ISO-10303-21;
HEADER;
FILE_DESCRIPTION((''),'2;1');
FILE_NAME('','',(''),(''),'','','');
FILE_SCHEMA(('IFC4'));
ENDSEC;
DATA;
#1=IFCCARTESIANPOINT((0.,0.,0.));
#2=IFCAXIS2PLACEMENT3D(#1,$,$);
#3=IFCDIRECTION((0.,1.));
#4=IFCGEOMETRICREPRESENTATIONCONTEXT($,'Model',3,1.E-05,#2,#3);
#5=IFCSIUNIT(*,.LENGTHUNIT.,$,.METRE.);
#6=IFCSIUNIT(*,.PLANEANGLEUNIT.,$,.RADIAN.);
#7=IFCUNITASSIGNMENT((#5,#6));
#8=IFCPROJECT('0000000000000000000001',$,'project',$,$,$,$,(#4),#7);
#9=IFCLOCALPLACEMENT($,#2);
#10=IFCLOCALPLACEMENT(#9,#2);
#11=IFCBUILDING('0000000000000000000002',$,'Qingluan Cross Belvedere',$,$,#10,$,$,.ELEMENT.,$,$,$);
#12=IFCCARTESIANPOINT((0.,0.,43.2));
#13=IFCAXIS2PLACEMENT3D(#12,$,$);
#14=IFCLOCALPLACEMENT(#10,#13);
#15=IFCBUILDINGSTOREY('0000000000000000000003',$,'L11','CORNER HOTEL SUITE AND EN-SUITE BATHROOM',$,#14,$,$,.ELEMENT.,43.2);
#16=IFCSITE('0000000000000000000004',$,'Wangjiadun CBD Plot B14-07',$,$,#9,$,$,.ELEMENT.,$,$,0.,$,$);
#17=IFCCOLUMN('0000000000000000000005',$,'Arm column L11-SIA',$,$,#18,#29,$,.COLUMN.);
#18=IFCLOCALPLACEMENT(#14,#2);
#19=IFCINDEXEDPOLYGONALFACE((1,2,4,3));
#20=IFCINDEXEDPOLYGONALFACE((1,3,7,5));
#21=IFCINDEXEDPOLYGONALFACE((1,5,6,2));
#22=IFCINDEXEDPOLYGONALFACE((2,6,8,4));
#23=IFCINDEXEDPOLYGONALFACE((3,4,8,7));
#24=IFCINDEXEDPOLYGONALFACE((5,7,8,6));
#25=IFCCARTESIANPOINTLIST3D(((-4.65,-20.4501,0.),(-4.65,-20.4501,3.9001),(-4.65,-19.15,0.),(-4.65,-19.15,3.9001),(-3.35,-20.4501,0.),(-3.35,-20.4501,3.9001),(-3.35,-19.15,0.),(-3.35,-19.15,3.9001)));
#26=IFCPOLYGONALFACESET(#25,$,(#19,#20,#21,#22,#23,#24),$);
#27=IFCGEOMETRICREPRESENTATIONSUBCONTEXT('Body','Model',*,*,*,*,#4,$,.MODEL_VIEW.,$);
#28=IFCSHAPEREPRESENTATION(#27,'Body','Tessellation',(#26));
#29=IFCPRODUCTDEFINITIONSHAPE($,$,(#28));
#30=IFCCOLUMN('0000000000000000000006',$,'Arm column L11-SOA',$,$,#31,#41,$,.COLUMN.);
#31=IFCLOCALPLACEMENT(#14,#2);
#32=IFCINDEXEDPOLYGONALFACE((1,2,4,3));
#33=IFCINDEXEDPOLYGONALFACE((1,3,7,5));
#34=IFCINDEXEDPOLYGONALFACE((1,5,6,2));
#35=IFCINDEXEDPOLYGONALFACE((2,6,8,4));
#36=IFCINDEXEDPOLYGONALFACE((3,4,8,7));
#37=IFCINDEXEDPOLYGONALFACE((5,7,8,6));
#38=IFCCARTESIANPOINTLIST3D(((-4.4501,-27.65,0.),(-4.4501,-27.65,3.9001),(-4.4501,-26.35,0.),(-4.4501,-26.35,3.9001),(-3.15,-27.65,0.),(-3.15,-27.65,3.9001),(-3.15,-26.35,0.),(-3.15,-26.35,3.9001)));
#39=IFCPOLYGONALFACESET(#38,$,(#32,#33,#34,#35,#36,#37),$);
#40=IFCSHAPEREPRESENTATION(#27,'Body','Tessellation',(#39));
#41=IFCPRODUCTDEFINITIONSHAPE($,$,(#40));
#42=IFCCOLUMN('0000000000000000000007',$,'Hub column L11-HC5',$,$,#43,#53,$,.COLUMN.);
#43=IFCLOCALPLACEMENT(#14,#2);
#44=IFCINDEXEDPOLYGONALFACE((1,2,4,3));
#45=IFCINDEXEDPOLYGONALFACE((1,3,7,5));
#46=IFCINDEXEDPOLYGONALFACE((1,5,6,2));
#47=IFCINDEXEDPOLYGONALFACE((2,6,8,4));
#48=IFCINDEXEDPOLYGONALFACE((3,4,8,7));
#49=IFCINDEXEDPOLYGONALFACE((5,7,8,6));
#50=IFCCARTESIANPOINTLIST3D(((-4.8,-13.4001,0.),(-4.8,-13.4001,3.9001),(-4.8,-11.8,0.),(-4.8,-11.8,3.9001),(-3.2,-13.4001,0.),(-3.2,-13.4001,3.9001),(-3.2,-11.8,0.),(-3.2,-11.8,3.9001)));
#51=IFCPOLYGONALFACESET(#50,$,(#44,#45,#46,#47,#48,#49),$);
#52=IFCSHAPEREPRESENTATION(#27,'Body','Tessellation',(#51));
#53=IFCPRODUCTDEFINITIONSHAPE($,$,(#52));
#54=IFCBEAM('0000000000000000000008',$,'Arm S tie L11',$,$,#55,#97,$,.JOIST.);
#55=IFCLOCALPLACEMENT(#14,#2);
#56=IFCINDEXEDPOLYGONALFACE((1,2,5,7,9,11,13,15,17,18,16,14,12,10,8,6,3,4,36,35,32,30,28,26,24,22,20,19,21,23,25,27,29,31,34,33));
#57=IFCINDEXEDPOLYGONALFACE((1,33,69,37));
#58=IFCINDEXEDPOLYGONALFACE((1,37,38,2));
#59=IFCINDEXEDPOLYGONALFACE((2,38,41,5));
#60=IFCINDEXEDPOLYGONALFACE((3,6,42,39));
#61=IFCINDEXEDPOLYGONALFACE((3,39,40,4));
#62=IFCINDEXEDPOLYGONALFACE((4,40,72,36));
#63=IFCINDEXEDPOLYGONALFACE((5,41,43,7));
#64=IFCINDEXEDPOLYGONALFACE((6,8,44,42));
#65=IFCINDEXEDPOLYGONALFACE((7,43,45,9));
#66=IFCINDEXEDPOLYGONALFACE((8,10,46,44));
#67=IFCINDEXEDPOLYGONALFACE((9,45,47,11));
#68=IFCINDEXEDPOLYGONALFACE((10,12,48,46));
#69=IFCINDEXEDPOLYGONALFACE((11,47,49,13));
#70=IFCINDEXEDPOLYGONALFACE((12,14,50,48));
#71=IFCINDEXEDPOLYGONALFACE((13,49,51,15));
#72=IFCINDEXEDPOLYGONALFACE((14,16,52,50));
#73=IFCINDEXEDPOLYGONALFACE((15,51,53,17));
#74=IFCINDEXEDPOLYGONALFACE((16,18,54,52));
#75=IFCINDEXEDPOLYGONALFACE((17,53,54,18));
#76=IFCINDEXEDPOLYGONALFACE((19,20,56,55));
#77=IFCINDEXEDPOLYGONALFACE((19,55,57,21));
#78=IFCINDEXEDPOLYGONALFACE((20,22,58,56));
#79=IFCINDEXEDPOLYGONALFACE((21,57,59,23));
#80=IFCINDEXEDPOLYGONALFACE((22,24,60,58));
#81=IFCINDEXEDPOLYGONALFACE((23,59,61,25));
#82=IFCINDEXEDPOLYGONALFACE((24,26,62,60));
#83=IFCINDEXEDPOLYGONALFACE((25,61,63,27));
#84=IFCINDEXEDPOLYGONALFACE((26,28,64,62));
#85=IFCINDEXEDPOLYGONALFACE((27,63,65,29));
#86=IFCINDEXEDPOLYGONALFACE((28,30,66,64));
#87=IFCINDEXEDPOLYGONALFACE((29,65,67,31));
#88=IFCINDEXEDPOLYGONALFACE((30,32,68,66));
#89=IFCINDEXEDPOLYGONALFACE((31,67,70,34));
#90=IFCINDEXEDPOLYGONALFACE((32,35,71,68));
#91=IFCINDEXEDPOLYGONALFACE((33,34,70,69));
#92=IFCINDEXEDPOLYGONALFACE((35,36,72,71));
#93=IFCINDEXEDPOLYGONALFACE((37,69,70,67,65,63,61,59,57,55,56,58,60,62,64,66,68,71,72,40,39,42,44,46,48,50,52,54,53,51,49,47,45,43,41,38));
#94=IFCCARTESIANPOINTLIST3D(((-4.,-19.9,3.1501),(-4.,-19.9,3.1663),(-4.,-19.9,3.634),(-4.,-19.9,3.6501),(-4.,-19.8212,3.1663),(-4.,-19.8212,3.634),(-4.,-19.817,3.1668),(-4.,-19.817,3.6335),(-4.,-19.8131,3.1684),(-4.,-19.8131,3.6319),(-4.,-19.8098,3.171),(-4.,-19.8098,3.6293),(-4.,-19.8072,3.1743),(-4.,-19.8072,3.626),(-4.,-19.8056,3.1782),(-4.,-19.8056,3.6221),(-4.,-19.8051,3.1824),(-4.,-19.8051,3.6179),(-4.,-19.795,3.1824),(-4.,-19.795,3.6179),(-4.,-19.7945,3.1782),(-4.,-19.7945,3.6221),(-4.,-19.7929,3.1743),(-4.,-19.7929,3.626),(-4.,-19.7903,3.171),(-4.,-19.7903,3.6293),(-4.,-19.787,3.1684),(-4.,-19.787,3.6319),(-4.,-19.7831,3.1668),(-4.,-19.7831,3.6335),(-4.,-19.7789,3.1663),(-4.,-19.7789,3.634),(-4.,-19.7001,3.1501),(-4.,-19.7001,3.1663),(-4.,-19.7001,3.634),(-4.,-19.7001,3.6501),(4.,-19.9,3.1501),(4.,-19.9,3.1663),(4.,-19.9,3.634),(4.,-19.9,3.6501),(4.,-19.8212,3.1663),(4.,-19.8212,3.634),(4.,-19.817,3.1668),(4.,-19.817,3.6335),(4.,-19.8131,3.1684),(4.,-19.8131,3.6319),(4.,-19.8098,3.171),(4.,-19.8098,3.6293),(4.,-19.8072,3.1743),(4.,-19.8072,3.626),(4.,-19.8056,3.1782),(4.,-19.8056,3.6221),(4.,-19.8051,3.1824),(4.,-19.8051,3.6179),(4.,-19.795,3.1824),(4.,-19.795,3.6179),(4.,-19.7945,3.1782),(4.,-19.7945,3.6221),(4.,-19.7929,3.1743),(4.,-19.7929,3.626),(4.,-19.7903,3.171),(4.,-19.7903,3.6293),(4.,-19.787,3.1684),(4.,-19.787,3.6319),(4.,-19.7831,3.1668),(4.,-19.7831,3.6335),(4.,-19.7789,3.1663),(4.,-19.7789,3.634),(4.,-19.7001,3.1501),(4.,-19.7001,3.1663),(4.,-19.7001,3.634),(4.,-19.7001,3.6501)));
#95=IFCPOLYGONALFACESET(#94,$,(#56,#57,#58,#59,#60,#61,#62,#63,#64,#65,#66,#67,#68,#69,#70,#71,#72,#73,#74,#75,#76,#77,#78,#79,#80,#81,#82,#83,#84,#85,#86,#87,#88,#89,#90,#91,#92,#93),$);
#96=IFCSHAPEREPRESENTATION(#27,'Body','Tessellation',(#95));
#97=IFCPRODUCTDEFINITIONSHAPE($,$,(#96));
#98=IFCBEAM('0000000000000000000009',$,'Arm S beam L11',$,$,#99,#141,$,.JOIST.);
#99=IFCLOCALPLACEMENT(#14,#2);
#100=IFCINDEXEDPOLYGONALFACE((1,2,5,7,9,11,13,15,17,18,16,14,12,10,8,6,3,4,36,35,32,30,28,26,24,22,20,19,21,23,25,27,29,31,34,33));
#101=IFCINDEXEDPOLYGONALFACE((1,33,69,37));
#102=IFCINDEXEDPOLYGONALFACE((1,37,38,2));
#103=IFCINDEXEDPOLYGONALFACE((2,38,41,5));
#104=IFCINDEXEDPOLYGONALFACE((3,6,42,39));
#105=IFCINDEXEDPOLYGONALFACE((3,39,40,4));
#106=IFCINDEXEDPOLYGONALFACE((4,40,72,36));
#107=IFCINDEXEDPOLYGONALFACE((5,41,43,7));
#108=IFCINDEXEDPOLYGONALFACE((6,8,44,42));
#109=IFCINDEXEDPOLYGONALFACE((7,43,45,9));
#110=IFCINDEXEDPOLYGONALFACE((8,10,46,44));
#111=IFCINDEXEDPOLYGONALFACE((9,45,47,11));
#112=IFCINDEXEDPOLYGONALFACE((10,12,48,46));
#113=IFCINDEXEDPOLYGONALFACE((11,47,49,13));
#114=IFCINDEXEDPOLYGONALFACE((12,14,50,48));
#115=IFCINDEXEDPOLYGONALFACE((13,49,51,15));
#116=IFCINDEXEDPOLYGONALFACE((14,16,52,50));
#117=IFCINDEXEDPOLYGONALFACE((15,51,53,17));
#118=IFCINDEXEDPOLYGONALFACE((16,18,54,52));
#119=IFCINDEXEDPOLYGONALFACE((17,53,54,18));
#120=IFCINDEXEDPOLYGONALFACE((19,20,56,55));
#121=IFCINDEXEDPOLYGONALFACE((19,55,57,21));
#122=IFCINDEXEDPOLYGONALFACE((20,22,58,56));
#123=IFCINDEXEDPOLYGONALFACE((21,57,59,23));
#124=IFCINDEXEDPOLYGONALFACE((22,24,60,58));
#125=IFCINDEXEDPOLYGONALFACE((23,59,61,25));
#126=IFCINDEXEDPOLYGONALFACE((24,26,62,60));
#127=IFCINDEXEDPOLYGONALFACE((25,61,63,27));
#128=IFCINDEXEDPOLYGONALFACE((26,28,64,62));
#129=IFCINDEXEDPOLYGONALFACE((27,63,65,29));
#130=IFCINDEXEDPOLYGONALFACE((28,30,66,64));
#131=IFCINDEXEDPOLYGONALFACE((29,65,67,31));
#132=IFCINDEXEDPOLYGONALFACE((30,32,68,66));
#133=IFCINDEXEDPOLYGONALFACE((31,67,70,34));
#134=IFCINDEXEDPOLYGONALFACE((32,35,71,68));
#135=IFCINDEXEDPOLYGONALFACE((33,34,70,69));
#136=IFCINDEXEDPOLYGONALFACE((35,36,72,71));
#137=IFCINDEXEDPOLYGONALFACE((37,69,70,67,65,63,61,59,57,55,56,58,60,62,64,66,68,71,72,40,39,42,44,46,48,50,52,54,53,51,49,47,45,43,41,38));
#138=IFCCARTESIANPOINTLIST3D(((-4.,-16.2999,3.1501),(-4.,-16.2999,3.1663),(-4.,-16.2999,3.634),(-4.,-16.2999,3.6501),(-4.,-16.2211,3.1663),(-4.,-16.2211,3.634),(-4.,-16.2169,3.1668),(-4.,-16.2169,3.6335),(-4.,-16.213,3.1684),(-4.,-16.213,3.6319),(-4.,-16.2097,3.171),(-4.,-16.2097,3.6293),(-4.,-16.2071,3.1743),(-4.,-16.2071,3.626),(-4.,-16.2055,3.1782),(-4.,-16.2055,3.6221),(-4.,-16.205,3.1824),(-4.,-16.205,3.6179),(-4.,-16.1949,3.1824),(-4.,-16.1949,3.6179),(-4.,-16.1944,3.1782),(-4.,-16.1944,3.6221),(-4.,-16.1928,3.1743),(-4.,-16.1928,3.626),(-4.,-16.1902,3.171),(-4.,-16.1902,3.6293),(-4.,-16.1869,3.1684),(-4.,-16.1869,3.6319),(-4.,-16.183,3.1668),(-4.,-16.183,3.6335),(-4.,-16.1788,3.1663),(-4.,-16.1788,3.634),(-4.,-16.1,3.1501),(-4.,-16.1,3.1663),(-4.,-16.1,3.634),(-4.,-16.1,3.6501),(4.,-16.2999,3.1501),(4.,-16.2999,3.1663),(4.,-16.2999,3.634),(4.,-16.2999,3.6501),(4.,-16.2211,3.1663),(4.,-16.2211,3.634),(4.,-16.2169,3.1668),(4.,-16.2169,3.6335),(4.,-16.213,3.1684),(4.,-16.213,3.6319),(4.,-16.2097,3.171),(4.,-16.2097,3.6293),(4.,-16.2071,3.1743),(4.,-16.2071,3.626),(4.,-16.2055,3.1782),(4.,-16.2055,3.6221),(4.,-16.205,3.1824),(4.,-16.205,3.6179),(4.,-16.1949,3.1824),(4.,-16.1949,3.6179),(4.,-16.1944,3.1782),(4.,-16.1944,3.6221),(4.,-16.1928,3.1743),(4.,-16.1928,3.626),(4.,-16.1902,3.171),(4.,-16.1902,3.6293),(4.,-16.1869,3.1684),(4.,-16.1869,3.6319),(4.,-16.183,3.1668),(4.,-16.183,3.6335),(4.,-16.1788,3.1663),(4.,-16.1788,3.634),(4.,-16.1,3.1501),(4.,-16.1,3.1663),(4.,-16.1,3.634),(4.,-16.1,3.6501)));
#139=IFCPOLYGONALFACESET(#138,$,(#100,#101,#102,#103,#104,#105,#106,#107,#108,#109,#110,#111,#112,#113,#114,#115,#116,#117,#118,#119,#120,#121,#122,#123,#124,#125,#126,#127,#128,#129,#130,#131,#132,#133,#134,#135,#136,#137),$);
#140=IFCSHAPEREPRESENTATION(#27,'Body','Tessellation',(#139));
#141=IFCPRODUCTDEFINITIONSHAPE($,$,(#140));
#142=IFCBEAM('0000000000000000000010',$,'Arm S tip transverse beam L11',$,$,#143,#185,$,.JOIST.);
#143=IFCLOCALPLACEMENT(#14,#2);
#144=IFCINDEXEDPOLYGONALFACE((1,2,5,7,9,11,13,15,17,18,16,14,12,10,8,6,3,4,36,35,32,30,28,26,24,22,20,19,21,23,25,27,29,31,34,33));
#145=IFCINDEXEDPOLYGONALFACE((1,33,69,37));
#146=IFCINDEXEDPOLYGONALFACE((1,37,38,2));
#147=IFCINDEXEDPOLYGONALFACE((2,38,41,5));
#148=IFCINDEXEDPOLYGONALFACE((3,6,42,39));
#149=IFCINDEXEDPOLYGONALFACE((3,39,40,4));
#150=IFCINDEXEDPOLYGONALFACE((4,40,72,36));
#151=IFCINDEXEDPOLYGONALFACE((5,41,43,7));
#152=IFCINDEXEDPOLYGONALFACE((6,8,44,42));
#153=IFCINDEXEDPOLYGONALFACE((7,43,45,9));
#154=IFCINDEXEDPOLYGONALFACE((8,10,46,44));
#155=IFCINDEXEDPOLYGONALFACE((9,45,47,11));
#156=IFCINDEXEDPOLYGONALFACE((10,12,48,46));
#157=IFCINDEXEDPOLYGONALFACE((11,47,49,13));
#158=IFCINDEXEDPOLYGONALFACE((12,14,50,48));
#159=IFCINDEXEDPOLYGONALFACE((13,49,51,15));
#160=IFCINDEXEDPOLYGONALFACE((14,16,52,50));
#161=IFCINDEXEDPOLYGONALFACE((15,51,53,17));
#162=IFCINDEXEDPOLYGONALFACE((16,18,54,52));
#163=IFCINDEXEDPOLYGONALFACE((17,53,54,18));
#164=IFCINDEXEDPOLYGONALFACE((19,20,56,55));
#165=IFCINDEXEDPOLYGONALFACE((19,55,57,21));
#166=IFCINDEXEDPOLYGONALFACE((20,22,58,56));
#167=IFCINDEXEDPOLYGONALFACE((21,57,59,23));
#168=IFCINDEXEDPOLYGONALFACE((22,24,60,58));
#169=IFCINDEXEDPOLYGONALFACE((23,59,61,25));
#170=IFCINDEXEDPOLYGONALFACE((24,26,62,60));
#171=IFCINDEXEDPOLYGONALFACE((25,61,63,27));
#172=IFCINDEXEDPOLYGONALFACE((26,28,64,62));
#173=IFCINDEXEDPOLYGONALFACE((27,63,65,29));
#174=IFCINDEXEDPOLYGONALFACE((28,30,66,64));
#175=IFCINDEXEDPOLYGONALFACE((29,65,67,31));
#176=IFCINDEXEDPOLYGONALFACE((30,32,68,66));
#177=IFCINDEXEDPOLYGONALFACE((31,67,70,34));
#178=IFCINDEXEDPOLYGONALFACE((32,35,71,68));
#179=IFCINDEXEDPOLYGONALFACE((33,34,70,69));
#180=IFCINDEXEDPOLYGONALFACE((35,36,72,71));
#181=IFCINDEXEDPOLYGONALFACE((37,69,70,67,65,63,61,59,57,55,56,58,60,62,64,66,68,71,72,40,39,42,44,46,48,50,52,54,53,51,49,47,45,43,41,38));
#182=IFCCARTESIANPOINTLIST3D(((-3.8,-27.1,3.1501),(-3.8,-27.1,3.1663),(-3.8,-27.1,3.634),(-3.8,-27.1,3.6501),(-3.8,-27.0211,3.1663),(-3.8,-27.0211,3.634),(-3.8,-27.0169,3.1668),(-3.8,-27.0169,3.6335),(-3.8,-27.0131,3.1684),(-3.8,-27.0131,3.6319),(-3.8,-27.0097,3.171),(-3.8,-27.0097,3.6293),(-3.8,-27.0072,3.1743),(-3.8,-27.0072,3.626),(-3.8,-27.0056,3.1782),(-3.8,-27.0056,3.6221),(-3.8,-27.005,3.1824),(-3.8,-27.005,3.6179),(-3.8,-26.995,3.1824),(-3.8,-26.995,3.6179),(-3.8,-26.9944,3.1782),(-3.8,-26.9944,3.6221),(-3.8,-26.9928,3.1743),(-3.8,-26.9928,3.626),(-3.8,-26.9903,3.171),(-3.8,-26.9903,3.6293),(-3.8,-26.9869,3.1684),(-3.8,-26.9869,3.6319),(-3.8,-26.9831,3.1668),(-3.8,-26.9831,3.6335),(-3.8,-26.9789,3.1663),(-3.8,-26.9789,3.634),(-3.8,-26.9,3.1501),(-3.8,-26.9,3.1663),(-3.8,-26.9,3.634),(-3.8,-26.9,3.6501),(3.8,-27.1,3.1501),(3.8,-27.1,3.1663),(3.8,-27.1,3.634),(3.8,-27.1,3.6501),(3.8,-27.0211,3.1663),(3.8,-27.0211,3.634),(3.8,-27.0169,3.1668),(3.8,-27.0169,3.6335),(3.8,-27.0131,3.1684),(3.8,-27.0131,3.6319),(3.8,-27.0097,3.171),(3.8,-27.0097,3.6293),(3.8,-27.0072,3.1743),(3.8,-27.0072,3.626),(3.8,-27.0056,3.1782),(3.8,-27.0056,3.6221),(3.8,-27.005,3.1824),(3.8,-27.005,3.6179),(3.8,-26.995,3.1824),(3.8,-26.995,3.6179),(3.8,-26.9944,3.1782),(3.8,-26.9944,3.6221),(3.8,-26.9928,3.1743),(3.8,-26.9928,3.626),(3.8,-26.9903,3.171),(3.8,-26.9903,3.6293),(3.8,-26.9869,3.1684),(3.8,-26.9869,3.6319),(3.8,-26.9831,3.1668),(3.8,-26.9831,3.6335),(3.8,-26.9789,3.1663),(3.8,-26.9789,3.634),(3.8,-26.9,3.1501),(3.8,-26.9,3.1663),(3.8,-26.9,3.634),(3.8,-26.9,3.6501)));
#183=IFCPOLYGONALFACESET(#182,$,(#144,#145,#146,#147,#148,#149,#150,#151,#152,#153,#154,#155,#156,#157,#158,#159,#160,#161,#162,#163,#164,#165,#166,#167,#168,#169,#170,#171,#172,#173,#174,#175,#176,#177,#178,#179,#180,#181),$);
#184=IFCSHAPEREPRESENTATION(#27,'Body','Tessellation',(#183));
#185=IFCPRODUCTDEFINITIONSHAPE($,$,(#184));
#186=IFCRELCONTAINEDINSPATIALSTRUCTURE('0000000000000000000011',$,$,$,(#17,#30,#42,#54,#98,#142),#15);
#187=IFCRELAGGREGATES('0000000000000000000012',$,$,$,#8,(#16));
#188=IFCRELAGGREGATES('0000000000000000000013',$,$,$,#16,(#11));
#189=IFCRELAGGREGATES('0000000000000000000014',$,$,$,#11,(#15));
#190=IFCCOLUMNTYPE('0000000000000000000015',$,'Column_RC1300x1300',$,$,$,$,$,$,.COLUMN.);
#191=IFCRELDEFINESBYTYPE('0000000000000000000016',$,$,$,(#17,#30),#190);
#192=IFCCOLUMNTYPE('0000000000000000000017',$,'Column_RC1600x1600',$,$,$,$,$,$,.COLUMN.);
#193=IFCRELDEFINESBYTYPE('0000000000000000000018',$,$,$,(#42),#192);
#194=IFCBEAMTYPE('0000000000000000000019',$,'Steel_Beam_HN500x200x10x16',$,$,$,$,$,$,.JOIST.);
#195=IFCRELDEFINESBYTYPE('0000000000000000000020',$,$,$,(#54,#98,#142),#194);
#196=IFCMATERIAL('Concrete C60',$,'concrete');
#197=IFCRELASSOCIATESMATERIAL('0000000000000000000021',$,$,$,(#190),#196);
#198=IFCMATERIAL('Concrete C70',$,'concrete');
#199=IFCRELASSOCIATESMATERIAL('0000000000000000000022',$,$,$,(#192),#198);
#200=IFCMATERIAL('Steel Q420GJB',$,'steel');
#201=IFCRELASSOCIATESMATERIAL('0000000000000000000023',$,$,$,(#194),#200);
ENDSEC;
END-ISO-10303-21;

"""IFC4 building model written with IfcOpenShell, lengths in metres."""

from ifc_helpers import new_model, si_unit, direction, frame, origin, origin_2d, place, context, subcontext, project, spatial, rectangle, i_section, extrude, material, material_profile, profile_set, type_object, element, save


model = new_model("IFC4")

# Units and contexts
model_context = context("Model", 3, precision=1e-05, world=origin(), true_north=direction((0.0, 1.0)))
body_context = subcontext(model_context, "Body", "Model", "MODEL_VIEW")
ifc_project = project(units=[si_unit("LENGTHUNIT", "METRE"), si_unit("PLANEANGLEUNIT", "RADIAN")], contexts=[model_context])

# Site, building, storey
site_placement = place(None, origin())
site = spatial("IfcSite", under=ifc_project, at=site_placement, Name="Wangjiadun CBD Plot B14-07", CompositionType="ELEMENT", RefElevation=0.0)
building_placement = place(site_placement, origin())
building = spatial("IfcBuilding", under=site, at=building_placement, Name="Qingluan Cross Belvedere", CompositionType="ELEMENT")
storey_placement = place(building_placement, frame((0.0, 0.0, 43.2)))
storey = spatial("IfcBuildingStorey", under=building, at=storey_placement, Name="L11", Description="CORNER HOTEL SUITE AND EN-SUITE BATHROOM", CompositionType="ELEMENT", Elevation=43.2)

# Columns
ifc_material_1 = material(Name="Concrete C60", Category="concrete")
ifc_material_profile_1 = material_profile(ifc_material_1, rectangle(XDim=1.3, YDim=1.3, at=origin_2d()), Name="RC1300x1300")
ifc_profile_set_1 = profile_set([ifc_material_profile_1], Name="Concrete C60")
column_type_1 = type_object("IfcColumnType", Name="Column_RC1300x1300", PredefinedType="COLUMN", material=ifc_profile_set_1)
for number, where, z_axis, x_axis, name in (
    (1, (-4.0, -19.8, 0.0), (0.0, 0.0, 1.0), (1.0, 0.0, 0.0), "Arm column L11-SIA"),
    (2, (-3.8, -27.0, 0.0), (0.0, 0.0, 1.0), (1.0, 0.0, 0.0), "Arm column L11-SOA"),
):
    element("IfcColumn", number, at=place(storey_placement, frame(where, z_axis=z_axis, x_axis=x_axis)), inside=storey, type_object=column_type_1, Name=name, PredefinedType="COLUMN", context=body_context, shape_type="SweptSolid", body=[
        extrude(rectangle(XDim=1.3, YDim=1.3, at=origin_2d()), origin(), (0.0, 0.0, 1.0), 3.9001),
    ])
ifc_material_2 = material(Name="Concrete C70", Category="concrete")
ifc_material_profile_2 = material_profile(ifc_material_2, rectangle(XDim=1.6001, YDim=1.6001, at=origin_2d()), Name="RC1600x1600")
ifc_profile_set_2 = profile_set([ifc_material_profile_2], Name="Concrete C70")
column_type_2 = type_object("IfcColumnType", Name="Column_RC1600x1600", PredefinedType="COLUMN", material=ifc_profile_set_2)
column_placement = place(storey_placement, frame((-4.0, -12.6001, 0.0), z_axis=(0.0, 0.0, 1.0), x_axis=(1.0, 0.0, 0.0)))
element("IfcColumn", 3, at=column_placement, inside=storey, type_object=column_type_2, Name="Hub column L11-HC5", PredefinedType="COLUMN", context=body_context, shape_type="SweptSolid", body=[
    extrude(rectangle(XDim=1.6001, YDim=1.6001, at=origin_2d()), origin(), (0.0, 0.0, 1.0), 3.9001),
])

# Beams
ifc_material_3 = material(Name="Steel Q420GJB", Category="steel")
ifc_material_profile_3 = material_profile(ifc_material_3, i_section(OverallWidth=0.2, OverallDepth=0.5, WebThickness=0.01, FlangeThickness=0.0161, FilletRadius=0.0161, at=origin_2d()), Name="HN500x200x10x16")
ifc_profile_set_3 = profile_set([ifc_material_profile_3], Name="Steel Q420GJB")
beam_type_1 = type_object("IfcBeamType", Name="Steel_Beam_HN500x200x10x16", PredefinedType="JOIST", material=ifc_profile_set_3)
for number, where, z_axis, x_axis, name in (
    (4, (-4.0, -19.8, 3.4001), (1.0, 0.0, 0.0), (0.0, 1.0, 0.0), "Arm S tie L11"),
    (5, (-4.0, -16.2, 3.4001), (1.0, 0.0, 0.0), (0.0, 1.0, 0.0), "Arm S beam L11"),
):
    element("IfcBeam", number, at=place(storey_placement, frame(where, z_axis=z_axis, x_axis=x_axis)), inside=storey, type_object=beam_type_1, Name=name, PredefinedType="JOIST", context=body_context, shape_type="SweptSolid", body=[
        extrude(i_section(OverallWidth=0.2, OverallDepth=0.5, WebThickness=0.01, FlangeThickness=0.0161, FilletRadius=0.0161, at=origin_2d()), origin(), (0.0, 0.0, 1.0), 8.0),
    ])
beam_1_placement = place(storey_placement, frame((-3.8, -27.0, 3.4001), z_axis=(1.0, 0.0, 0.0), x_axis=(0.0, 1.0, 0.0)))
element("IfcBeam", 6, at=beam_1_placement, inside=storey, type_object=beam_type_1, Name="Arm S tip transverse beam L11", PredefinedType="JOIST", context=body_context, shape_type="SweptSolid", body=[
    extrude(i_section(OverallWidth=0.2, OverallDepth=0.5, WebThickness=0.01, FlangeThickness=0.0161, FilletRadius=0.0161, at=origin_2d()), origin(), (0.0, 0.0, 1.0), 7.6001),
])

save(model, "model.ifc")
